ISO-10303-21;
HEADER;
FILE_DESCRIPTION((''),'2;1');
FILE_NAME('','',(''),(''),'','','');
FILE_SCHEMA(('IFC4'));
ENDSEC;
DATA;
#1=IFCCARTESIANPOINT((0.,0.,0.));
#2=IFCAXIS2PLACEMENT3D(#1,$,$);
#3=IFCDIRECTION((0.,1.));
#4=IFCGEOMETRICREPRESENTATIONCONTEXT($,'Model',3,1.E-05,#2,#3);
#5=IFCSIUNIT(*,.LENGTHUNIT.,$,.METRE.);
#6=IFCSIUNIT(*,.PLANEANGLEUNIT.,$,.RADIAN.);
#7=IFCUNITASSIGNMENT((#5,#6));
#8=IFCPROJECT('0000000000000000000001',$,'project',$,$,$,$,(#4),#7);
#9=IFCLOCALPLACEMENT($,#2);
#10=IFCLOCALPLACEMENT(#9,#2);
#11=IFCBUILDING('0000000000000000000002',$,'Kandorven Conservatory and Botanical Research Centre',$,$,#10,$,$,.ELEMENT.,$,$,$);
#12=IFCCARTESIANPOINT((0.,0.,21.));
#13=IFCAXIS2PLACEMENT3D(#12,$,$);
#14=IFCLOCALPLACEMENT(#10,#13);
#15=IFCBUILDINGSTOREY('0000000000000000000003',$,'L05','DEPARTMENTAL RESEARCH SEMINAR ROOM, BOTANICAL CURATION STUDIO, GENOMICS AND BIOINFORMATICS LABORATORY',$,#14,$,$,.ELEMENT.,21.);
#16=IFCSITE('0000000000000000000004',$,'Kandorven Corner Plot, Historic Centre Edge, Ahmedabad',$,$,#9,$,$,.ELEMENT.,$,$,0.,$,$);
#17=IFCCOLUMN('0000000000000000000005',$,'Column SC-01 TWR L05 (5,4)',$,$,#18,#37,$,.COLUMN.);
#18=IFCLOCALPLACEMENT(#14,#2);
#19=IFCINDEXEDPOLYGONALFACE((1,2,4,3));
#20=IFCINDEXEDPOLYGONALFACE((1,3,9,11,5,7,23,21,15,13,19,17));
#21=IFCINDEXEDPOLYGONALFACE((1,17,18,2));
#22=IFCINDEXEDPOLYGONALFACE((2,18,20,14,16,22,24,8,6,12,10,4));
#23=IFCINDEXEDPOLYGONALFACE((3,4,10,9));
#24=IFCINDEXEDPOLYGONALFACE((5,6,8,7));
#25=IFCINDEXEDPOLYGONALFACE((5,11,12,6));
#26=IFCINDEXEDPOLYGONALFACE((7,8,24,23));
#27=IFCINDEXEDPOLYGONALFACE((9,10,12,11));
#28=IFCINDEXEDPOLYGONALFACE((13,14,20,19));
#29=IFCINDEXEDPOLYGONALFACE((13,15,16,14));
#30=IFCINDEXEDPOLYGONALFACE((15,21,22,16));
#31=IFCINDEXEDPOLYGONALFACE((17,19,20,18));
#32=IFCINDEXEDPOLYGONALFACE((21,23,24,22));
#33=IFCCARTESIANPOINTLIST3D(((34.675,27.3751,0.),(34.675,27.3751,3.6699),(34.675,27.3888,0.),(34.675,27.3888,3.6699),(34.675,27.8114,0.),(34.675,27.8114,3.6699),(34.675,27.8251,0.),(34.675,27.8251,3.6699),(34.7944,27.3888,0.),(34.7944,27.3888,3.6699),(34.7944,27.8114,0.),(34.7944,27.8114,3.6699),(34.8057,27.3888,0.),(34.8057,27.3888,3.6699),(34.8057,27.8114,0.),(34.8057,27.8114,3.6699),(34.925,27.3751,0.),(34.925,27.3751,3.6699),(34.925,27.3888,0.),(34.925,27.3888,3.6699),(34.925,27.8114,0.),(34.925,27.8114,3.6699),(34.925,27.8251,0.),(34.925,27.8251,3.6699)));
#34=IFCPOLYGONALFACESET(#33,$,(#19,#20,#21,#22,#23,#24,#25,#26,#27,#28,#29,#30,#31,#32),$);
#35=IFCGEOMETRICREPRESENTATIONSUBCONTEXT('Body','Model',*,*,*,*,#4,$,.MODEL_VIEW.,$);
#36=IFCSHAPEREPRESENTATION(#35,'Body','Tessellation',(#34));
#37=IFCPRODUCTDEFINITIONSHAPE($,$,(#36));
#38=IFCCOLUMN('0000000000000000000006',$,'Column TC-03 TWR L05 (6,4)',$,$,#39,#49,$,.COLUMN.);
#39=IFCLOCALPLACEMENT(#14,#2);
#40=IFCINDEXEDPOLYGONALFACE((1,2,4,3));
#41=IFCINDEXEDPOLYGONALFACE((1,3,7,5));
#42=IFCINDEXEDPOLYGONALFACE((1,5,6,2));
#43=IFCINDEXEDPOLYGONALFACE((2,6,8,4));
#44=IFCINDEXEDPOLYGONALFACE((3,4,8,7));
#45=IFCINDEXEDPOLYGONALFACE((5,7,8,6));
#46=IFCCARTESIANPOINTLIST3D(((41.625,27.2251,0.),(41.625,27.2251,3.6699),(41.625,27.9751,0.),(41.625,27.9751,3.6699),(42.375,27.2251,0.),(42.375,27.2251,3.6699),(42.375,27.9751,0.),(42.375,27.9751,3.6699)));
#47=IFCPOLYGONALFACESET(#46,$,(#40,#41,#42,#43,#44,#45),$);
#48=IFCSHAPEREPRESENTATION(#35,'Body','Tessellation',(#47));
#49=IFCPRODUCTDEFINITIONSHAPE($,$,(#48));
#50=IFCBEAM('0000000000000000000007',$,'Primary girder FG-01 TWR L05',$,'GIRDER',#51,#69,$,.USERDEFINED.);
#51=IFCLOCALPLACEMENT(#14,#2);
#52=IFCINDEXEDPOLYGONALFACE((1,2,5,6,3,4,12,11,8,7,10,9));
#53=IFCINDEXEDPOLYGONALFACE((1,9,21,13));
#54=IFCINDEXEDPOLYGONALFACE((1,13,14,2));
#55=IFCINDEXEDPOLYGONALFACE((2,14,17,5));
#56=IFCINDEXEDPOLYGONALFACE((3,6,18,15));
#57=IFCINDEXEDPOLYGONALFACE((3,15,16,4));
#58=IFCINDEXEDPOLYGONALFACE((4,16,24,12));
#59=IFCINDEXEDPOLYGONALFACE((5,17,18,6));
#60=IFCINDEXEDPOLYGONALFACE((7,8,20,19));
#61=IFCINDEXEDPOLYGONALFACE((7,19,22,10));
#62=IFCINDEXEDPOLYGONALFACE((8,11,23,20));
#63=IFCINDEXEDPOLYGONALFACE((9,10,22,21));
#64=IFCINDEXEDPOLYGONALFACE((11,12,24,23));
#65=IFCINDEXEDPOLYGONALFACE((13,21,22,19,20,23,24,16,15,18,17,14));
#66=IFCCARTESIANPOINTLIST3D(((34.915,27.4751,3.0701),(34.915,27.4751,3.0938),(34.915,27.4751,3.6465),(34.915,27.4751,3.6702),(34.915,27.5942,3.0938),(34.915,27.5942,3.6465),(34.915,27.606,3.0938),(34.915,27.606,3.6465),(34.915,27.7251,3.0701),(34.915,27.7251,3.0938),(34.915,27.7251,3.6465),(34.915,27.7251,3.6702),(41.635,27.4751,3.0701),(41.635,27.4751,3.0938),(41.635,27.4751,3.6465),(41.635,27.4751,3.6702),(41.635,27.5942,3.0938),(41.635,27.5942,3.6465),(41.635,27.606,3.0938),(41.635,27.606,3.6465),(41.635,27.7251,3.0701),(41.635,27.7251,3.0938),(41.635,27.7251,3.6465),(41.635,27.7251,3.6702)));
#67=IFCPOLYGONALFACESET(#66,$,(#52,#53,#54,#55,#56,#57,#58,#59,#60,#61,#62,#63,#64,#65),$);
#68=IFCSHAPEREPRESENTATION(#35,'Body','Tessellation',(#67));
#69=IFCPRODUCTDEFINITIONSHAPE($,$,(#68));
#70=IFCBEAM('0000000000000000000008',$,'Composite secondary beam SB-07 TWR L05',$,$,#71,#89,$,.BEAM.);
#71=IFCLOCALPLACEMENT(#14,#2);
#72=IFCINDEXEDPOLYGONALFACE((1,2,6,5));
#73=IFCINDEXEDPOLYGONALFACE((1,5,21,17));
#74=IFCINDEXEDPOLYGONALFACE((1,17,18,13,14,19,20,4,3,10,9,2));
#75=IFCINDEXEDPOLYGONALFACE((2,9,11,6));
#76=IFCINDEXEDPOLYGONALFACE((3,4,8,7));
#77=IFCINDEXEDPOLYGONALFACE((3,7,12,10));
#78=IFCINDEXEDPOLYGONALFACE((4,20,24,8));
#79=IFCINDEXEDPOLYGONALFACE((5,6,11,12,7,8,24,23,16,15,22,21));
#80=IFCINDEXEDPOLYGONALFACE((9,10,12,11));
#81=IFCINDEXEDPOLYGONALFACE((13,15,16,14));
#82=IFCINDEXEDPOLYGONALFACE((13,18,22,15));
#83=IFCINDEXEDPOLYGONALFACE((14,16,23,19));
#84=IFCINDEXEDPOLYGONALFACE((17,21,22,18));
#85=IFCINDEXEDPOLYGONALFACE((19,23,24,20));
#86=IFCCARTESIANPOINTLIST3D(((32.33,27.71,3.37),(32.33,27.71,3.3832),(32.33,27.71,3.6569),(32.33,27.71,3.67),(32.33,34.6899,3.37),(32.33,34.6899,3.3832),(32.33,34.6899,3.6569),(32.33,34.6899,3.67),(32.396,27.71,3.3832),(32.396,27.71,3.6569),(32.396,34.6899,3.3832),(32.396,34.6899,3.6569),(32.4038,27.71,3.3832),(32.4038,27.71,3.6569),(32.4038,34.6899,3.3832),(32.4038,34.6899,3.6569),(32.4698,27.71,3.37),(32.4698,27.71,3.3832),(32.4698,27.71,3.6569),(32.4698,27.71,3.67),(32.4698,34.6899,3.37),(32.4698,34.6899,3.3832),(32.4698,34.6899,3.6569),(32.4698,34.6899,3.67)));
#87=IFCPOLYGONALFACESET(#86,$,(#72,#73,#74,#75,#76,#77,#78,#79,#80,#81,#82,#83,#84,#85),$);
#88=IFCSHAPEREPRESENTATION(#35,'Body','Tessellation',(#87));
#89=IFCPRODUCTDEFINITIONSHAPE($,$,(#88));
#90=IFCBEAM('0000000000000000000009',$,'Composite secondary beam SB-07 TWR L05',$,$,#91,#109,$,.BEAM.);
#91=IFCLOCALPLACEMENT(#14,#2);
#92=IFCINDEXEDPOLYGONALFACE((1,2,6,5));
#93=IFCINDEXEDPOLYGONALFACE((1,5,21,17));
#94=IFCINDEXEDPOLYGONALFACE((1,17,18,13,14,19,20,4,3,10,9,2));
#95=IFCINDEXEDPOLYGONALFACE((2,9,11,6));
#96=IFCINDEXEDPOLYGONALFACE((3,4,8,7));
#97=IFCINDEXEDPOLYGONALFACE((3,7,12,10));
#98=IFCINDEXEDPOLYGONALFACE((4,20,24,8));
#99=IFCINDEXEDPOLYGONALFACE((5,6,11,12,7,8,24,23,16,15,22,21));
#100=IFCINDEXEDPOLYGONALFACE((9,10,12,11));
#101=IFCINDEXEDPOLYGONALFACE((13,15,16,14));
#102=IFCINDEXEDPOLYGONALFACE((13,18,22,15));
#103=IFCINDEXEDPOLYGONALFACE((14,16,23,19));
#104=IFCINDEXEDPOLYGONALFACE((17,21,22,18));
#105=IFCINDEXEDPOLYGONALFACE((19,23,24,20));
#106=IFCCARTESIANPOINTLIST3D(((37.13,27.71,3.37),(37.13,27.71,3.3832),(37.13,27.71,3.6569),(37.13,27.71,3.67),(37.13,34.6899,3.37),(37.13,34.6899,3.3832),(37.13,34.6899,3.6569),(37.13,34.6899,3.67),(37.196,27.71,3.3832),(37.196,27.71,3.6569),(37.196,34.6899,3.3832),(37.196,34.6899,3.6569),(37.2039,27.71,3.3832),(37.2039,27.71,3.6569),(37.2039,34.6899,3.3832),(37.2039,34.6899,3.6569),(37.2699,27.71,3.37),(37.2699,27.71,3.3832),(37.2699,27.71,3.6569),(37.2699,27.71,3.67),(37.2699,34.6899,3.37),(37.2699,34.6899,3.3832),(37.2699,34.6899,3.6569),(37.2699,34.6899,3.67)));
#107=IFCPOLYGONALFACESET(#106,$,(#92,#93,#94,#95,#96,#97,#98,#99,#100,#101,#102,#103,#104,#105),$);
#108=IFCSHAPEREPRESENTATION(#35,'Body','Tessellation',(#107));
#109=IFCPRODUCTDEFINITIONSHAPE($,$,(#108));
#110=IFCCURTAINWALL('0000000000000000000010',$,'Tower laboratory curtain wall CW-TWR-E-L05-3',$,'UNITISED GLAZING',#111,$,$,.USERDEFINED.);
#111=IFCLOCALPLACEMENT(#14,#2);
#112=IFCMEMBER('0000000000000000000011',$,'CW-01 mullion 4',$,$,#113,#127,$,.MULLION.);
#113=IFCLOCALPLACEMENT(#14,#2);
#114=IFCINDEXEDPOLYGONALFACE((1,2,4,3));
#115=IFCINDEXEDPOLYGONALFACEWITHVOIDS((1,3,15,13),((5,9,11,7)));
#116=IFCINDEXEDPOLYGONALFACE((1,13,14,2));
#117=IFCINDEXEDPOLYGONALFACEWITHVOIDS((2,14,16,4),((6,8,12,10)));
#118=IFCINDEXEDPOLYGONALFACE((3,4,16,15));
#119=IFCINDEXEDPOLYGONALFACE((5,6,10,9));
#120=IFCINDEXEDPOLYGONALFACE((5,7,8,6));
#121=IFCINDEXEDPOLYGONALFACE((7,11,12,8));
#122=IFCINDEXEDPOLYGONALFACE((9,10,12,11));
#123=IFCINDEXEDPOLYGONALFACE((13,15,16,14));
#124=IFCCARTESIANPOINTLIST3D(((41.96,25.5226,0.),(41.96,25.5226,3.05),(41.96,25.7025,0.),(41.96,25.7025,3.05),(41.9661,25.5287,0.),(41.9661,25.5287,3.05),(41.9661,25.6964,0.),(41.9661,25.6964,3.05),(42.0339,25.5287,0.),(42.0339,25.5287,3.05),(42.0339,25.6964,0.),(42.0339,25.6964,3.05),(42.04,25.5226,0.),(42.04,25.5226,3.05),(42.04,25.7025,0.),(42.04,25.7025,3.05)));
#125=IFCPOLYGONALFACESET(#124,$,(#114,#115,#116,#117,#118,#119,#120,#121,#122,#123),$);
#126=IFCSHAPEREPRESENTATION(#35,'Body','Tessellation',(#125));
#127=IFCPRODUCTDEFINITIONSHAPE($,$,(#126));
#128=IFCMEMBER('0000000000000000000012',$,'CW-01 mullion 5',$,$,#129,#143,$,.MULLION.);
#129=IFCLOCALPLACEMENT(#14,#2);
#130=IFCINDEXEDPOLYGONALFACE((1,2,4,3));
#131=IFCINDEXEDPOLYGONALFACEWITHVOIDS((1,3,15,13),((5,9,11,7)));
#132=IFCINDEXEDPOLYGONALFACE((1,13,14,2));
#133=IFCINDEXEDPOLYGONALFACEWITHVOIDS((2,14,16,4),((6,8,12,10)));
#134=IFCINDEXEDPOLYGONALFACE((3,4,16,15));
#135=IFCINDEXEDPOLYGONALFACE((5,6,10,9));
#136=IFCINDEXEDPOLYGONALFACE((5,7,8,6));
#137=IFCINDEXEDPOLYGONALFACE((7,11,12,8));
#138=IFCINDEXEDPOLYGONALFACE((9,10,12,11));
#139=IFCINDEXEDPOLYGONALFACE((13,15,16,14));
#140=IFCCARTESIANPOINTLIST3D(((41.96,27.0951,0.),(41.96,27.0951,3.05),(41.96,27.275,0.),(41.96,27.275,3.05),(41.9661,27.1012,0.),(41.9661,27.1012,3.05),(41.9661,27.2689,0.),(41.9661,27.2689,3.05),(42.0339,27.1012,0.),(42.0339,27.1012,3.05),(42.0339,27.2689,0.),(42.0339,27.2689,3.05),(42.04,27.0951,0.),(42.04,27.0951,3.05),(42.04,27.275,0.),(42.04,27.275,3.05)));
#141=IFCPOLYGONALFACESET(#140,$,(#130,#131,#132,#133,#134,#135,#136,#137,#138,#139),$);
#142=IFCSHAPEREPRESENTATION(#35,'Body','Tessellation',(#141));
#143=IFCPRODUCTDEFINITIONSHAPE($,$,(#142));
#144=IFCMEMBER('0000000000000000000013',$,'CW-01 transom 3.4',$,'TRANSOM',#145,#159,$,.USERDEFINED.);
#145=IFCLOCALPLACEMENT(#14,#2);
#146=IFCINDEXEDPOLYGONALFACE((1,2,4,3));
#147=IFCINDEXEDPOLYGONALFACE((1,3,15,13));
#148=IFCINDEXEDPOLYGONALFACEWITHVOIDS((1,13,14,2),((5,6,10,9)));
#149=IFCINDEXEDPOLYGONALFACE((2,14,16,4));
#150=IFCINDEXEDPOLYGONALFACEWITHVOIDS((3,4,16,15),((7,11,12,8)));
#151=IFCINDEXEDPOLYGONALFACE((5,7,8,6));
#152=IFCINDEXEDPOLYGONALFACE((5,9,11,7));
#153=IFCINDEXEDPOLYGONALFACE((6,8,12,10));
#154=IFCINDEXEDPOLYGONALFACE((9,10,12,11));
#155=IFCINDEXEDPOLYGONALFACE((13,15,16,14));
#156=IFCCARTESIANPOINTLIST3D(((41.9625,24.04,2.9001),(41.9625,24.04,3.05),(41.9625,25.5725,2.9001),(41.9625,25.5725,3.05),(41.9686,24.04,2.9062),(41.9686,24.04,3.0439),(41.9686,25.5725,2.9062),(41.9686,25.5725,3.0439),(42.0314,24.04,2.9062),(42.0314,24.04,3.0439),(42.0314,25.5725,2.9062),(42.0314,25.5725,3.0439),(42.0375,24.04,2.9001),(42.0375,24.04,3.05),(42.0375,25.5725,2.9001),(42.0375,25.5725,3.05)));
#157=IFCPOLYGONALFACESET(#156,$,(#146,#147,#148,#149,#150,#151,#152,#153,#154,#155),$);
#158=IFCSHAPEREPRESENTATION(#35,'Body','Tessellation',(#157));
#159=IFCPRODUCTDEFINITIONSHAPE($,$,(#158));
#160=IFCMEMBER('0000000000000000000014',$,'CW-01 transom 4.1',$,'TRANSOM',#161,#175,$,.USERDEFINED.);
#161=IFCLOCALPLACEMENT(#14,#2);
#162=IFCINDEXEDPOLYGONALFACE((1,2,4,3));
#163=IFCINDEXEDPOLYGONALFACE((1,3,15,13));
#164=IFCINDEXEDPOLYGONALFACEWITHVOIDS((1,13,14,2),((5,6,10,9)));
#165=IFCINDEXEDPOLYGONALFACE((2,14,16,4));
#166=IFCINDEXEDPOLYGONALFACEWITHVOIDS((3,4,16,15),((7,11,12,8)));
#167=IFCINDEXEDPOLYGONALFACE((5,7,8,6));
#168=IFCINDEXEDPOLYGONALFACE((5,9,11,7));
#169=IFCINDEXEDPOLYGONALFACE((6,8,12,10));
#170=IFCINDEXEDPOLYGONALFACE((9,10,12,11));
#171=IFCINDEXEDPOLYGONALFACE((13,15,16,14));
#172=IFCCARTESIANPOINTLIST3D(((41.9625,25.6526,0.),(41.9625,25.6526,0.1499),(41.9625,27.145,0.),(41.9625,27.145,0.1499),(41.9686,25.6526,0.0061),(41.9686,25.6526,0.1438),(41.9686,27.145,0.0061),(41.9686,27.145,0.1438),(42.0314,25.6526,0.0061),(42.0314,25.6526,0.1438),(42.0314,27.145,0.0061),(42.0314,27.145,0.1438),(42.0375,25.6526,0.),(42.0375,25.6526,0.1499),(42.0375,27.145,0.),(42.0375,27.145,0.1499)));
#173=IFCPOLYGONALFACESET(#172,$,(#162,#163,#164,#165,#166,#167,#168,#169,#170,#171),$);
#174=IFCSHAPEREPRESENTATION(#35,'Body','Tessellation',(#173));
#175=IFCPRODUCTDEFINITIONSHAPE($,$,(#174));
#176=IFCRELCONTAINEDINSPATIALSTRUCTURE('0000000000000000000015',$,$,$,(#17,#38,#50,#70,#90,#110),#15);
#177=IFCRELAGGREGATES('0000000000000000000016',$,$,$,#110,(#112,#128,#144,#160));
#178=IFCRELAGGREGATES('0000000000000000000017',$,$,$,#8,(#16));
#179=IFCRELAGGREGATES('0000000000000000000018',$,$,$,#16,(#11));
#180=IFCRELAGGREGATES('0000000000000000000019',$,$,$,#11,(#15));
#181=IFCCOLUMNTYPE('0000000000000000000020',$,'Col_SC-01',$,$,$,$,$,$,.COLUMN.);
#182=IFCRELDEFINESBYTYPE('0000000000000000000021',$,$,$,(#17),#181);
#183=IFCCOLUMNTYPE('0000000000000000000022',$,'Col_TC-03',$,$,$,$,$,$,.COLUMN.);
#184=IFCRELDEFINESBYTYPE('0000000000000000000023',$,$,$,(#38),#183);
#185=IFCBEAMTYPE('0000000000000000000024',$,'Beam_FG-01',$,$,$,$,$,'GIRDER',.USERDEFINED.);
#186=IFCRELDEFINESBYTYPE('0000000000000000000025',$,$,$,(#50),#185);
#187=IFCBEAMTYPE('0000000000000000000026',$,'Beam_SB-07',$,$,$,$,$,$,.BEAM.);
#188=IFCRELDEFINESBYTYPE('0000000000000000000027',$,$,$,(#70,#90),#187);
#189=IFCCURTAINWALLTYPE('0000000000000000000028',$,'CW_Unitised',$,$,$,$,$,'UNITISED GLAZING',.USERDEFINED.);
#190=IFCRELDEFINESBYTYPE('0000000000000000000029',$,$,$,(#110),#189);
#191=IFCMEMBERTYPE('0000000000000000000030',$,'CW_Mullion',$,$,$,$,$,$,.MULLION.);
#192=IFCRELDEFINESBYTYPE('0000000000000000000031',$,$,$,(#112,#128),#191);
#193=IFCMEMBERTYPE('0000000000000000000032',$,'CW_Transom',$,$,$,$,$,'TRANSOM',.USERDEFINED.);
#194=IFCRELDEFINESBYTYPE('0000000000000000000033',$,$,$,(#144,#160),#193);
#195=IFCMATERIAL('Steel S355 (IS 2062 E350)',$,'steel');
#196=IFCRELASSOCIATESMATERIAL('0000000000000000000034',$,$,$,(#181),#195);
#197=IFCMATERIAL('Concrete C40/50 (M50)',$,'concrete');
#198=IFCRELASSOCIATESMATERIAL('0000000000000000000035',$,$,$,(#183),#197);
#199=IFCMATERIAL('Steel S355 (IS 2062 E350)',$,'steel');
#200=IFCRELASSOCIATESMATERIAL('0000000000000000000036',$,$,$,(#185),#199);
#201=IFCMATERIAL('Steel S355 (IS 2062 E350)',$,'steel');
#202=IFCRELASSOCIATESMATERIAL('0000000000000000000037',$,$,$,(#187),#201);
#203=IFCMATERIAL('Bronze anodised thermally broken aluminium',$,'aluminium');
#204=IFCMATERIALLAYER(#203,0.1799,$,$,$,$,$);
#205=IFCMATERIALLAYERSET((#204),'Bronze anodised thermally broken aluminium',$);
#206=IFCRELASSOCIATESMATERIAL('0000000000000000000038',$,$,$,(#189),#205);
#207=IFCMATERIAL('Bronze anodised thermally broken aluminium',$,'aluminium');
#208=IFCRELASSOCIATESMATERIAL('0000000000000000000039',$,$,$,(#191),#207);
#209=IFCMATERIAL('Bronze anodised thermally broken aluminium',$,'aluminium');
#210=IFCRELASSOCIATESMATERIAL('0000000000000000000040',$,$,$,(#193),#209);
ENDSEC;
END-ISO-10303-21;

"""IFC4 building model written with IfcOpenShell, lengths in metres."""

from ifc_helpers import new_model, si_unit, direction, frame, origin, origin_2d, place, context, subcontext, project, spatial, rectangle, hollow_rectangle, i_section, extrude, material, layer, layer_set, material_profile, profile_set, type_object, element, aggregate, save


model = new_model("IFC4")

# Units and contexts
model_context = context("Model", 3, precision=1e-05, world=origin(), true_north=direction((0.0, 1.0)))
body_context = subcontext(model_context, "Body", "Model", "MODEL_VIEW")
ifc_project = project(units=[si_unit("LENGTHUNIT", "METRE"), si_unit("PLANEANGLEUNIT", "RADIAN")], contexts=[model_context])

# Site, building, storey
site_placement = place(None, origin())
site = spatial("IfcSite", under=ifc_project, at=site_placement, Name="Kandorven Corner Plot, Historic Centre Edge, Ahmedabad", CompositionType="ELEMENT", RefElevation=0.0)
building_placement = place(site_placement, origin())
building = spatial("IfcBuilding", under=site, at=building_placement, Name="Kandorven Conservatory and Botanical Research Centre", CompositionType="ELEMENT")
storey_placement = place(building_placement, frame((0.0, 0.0, 21.0)))
storey = spatial("IfcBuildingStorey", under=building, at=storey_placement, Name="L05", Description="DEPARTMENTAL RESEARCH SEMINAR ROOM, BOTANICAL CURATION STUDIO, GENOMICS AND BIOINFORMATICS LABORATORY", CompositionType="ELEMENT", Elevation=21.0)

# Columns
ifc_material_1 = material(Name="Steel S355 (IS 2062 E350)", Category="steel")
ifc_material_profile_1 = material_profile(ifc_material_1, i_section(OverallWidth=0.25, OverallDepth=0.45, WebThickness=0.0112, FlangeThickness=0.0137, at=origin_2d()))
ifc_profile_set_1 = profile_set([ifc_material_profile_1], Name="Steel S355 (IS 2062 E350)")
column_type_1 = type_object("IfcColumnType", Name="Col_SC-01", PredefinedType="COLUMN", material=ifc_profile_set_1)
column_1_placement = place(storey_placement, frame((34.8, 27.6001, 0.0), z_axis=(0.0, 0.0, 1.0), x_axis=(1.0, 0.0, 0.0)))
element("IfcColumn", 1, at=column_1_placement, inside=storey, type_object=column_type_1, Name="Column SC-01 TWR L05 (5,4)", PredefinedType="COLUMN", context=body_context, shape_type="SweptSolid", body=[
    extrude(i_section(OverallWidth=0.25, OverallDepth=0.45, WebThickness=0.0112, FlangeThickness=0.0137, at=origin_2d()), origin(), (0.0, 0.0, 1.0), 3.6699),
])
ifc_material_2 = material(Name="Concrete C40/50 (M50)", Category="concrete")
ifc_material_profile_2 = material_profile(ifc_material_2, rectangle(XDim=0.75, YDim=0.75, at=origin_2d()))
ifc_profile_set_2 = profile_set([ifc_material_profile_2], Name="Concrete C40/50 (M50)")
column_type_2 = type_object("IfcColumnType", Name="Col_TC-03", PredefinedType="COLUMN", material=ifc_profile_set_2)
column_2_placement = place(storey_placement, frame((42.0, 27.6001, 0.0), z_axis=(0.0, 0.0, 1.0), x_axis=(1.0, 0.0, 0.0)))
element("IfcColumn", 2, at=column_2_placement, inside=storey, type_object=column_type_2, Name="Column TC-03 TWR L05 (6,4)", PredefinedType="COLUMN", context=body_context, shape_type="SweptSolid", body=[
    extrude(rectangle(XDim=0.75, YDim=0.75, at=origin_2d()), origin(), (0.0, 0.0, 1.0), 3.6699),
])

# Beams
ifc_material_3 = material(Name="Steel S355 (IS 2062 E350)", Category="steel")
ifc_material_profile_3 = material_profile(ifc_material_3, i_section(OverallWidth=0.25, OverallDepth=0.6001, WebThickness=0.0117, FlangeThickness=0.0237, at=origin_2d()))
ifc_profile_set_3 = profile_set([ifc_material_profile_3], Name="Steel S355 (IS 2062 E350)")
beam_type_1 = type_object("IfcBeamType", Name="Beam_FG-01", ElementType="GIRDER", PredefinedType="USERDEFINED", material=ifc_profile_set_3)
beam_placement = place(storey_placement, frame((34.915, 27.6001, 3.3701), z_axis=(1.0, 0.0, 0.0), x_axis=(0.0, 1.0, 0.0)))
element("IfcBeam", 3, at=beam_placement, inside=storey, type_object=beam_type_1, Name="Primary girder FG-01 TWR L05", ObjectType="GIRDER", PredefinedType="USERDEFINED", context=body_context, shape_type="SweptSolid", body=[
    extrude(i_section(OverallWidth=0.25, OverallDepth=0.6001, WebThickness=0.0117, FlangeThickness=0.0237, at=origin_2d()), origin(), (0.0, 0.0, 1.0), 6.72),
])
ifc_material_4 = material(Name="Steel S355 (IS 2062 E350)", Category="steel")
ifc_material_profile_4 = material_profile(ifc_material_4, i_section(OverallWidth=0.1399, OverallDepth=0.3, WebThickness=0.0078, FlangeThickness=0.0132, at=origin_2d()))
ifc_profile_set_4 = profile_set([ifc_material_profile_4], Name="Steel S355 (IS 2062 E350)")
beam_type_2 = type_object("IfcBeamType", Name="Beam_SB-07", PredefinedType="BEAM", material=ifc_profile_set_4)
for number, where, z_axis, x_axis, name in (
    (4, (32.3999, 27.71, 3.52), (0.0, 1.0, 0.0), (-1.0, 0.0, 0.0), "Composite secondary beam SB-07 TWR L05"),
    (5, (37.2, 27.71, 3.52), (0.0, 1.0, 0.0), (-1.0, 0.0, 0.0), "Composite secondary beam SB-07 TWR L05"),
):
    element("IfcBeam", number, at=place(storey_placement, frame(where, z_axis=z_axis, x_axis=x_axis)), inside=storey, type_object=beam_type_2, Name=name, PredefinedType="BEAM", context=body_context, shape_type="SweptSolid", body=[
        extrude(i_section(OverallWidth=0.1399, OverallDepth=0.3, WebThickness=0.0078, FlangeThickness=0.0132, at=origin_2d()), origin(), (0.0, 0.0, 1.0), 6.98),
    ])

# Curtain wall, members
ifc_material_5 = material(Name="Bronze anodised thermally broken aluminium", Category="aluminium")
ifc_layer_1 = layer(ifc_material_5, 0.1799)
ifc_layer_set_1 = layer_set([ifc_layer_1], Name="Bronze anodised thermally broken aluminium")
curtain_wall_type = type_object("IfcCurtainWallType", Name="CW_Unitised", ElementType="UNITISED GLAZING", PredefinedType="USERDEFINED", material=ifc_layer_set_1)
curtain_wall_placement = place(storey_placement, origin())
curtain_wall = element("IfcCurtainWall", 6, at=curtain_wall_placement, inside=storey, type_object=curtain_wall_type, Name="Tower laboratory curtain wall CW-TWR-E-L05-3", ObjectType="UNITISED GLAZING", PredefinedType="USERDEFINED")
ifc_material_6 = material(Name="Bronze anodised thermally broken aluminium", Category="aluminium")
ifc_material_profile_5 = material_profile(ifc_material_6, hollow_rectangle(XDim=0.0801, YDim=0.1799, WallThickness=0.0061, at=origin_2d()))
ifc_profile_set_5 = profile_set([ifc_material_profile_5], Name="Bronze anodised thermally broken aluminium")
member_type_1 = type_object("IfcMemberType", Name="CW_Mullion", PredefinedType="MULLION", material=ifc_profile_set_5)
member_1_placement = place(storey_placement, frame((42.0, 25.6125, 0.0), z_axis=(0.0, 0.0, 1.0), x_axis=(-1.0, 0.0, 0.0)))
member_1 = element("IfcMember", 7, at=member_1_placement, type_object=member_type_1, Name="CW-01 mullion 4", PredefinedType="MULLION", context=body_context, shape_type="SweptSolid", body=[
    extrude(hollow_rectangle(XDim=0.0801, YDim=0.1799, WallThickness=0.0061, at=origin_2d()), origin(), (0.0, 0.0, 1.0), 3.05),
])
member_2_placement = place(storey_placement, frame((42.0, 27.1851, 0.0), z_axis=(0.0, 0.0, 1.0), x_axis=(-1.0, 0.0, 0.0)))
member_2 = element("IfcMember", 8, at=member_2_placement, type_object=member_type_1, Name="CW-01 mullion 5", PredefinedType="MULLION", context=body_context, shape_type="SweptSolid", body=[
    extrude(hollow_rectangle(XDim=0.0801, YDim=0.1799, WallThickness=0.0061, at=origin_2d()), origin(), (0.0, 0.0, 1.0), 3.05),
])
ifc_material_7 = material(Name="Bronze anodised thermally broken aluminium", Category="aluminium")
ifc_material_profile_6 = material_profile(ifc_material_7, hollow_rectangle(XDim=0.075, YDim=0.1499, WallThickness=0.0061, at=origin_2d()))
ifc_profile_set_6 = profile_set([ifc_material_profile_6], Name="Bronze anodised thermally broken aluminium")
member_type_2 = type_object("IfcMemberType", Name="CW_Transom", ElementType="TRANSOM", PredefinedType="USERDEFINED", material=ifc_profile_set_6)
member_3_placement = place(storey_placement, frame((42.0, 24.04, 2.9751), z_axis=(0.0, 1.0, 0.0), x_axis=(-1.0, 0.0, 0.0)))
member_3 = element("IfcMember", 9, at=member_3_placement, type_object=member_type_2, Name="CW-01 transom 3.4", ObjectType="TRANSOM", PredefinedType="USERDEFINED", context=body_context, shape_type="SweptSolid", body=[
    extrude(hollow_rectangle(XDim=0.075, YDim=0.1499, WallThickness=0.0061, at=origin_2d()), origin(), (0.0, 0.0, 1.0), 1.5325),
])
member_4_placement = place(storey_placement, frame((42.0, 25.6526, 0.075), z_axis=(0.0, 1.0, 0.0), x_axis=(-1.0, 0.0, 0.0)))
member_4 = element("IfcMember", 10, at=member_4_placement, type_object=member_type_2, Name="CW-01 transom 4.1", ObjectType="TRANSOM", PredefinedType="USERDEFINED", context=body_context, shape_type="SweptSolid", body=[
    extrude(hollow_rectangle(XDim=0.075, YDim=0.1499, WallThickness=0.0061, at=origin_2d()), origin(), (0.0, 0.0, 1.0), 1.4924),
])
aggregate(curtain_wall, [member_1, member_2, member_3, member_4])

save(model, "model.ifc")
